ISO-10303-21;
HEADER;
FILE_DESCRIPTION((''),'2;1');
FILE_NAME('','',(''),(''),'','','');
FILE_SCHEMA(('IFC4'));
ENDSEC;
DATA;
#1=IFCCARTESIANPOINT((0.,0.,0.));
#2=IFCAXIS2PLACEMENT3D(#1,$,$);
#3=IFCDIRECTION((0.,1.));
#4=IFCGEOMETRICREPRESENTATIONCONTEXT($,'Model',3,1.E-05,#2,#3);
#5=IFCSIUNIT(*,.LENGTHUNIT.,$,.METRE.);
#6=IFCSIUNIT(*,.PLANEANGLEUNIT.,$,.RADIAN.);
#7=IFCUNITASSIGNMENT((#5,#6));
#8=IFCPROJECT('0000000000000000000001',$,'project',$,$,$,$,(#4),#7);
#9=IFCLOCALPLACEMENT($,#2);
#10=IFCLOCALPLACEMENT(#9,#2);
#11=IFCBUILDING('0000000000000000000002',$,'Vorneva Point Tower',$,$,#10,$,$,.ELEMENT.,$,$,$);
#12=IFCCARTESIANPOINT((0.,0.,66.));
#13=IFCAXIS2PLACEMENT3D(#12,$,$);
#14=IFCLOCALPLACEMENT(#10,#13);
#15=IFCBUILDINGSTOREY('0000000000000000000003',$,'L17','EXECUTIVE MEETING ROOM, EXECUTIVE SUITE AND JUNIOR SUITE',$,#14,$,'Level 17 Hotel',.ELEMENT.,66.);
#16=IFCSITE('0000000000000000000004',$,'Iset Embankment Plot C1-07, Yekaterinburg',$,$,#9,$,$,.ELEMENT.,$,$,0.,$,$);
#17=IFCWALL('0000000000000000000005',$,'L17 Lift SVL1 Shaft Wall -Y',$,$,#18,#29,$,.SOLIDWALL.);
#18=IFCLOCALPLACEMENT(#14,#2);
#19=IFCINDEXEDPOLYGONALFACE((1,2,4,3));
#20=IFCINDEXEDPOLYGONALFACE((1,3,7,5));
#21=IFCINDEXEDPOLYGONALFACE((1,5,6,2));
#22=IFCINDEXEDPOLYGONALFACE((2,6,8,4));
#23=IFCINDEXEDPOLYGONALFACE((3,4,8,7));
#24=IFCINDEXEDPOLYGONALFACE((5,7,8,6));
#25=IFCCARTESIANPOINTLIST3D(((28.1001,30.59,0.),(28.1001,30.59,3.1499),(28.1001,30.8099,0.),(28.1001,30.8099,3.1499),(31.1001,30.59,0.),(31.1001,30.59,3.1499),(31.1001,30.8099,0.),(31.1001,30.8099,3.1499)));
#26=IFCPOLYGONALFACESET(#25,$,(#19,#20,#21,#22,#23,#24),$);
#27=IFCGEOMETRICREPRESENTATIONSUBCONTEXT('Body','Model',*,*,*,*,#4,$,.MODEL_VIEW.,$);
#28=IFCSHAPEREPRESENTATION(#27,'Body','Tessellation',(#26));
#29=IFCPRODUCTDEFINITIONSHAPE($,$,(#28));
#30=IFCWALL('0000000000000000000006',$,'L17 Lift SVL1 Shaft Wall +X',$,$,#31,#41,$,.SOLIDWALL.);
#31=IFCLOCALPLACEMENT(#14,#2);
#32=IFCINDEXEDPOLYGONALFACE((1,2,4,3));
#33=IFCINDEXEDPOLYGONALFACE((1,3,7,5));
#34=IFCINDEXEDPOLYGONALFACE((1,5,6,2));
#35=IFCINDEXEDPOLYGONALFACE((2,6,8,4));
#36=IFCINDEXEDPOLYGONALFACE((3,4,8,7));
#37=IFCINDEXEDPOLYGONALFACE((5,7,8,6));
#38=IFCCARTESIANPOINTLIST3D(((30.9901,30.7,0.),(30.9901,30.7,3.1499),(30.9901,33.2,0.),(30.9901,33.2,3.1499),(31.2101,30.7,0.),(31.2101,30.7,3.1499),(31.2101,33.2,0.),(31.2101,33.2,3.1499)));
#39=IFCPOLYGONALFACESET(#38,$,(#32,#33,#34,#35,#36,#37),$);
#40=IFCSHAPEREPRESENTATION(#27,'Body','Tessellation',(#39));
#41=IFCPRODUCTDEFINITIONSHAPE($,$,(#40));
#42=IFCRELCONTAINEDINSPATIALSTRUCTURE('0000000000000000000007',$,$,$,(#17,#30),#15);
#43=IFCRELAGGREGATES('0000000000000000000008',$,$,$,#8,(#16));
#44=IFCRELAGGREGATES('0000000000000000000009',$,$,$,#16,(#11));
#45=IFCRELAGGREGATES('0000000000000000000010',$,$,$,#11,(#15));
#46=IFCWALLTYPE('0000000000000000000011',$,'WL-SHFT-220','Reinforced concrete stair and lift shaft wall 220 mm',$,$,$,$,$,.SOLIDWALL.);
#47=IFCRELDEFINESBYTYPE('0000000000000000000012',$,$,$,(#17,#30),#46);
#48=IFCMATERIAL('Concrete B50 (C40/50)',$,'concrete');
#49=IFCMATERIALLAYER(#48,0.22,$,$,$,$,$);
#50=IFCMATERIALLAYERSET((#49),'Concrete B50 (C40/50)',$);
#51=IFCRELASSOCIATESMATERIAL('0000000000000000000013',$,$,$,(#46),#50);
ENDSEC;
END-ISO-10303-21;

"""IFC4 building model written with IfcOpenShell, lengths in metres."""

from ifc_helpers import new_model, si_unit, direction, frame, frame_2d, origin, place, context, subcontext, project, spatial, rectangle, extrude, material, layer, layer_set, type_object, element, save


model = new_model("IFC4")

# Units and contexts
model_context = context("Model", 3, precision=1e-05, world=origin(), true_north=direction((0.0, 1.0)))
body_context = subcontext(model_context, "Body", "Model", "MODEL_VIEW")
ifc_project = project(units=[si_unit("LENGTHUNIT", "METRE"), si_unit("PLANEANGLEUNIT", "RADIAN")], contexts=[model_context])

# Site, building, storey
site_placement = place(None, origin())
site = spatial("IfcSite", under=ifc_project, at=site_placement, Name="Iset Embankment Plot C1-07, Yekaterinburg", CompositionType="ELEMENT", RefElevation=0.0)
building_placement = place(site_placement, origin())
building = spatial("IfcBuilding", under=site, at=building_placement, Name="Vorneva Point Tower", CompositionType="ELEMENT")
storey_placement = place(building_placement, frame((0.0, 0.0, 66.0)))
storey = spatial("IfcBuildingStorey", under=building, at=storey_placement, Name="L17", Description="EXECUTIVE MEETING ROOM, EXECUTIVE SUITE AND JUNIOR SUITE", LongName="Level 17 Hotel", CompositionType="ELEMENT", Elevation=66.0)

# Shared definitions
ifc_material_1 = material(Name="Concrete B50 (C40/50)", Category="concrete")
ifc_layer_1 = layer(ifc_material_1, 0.22)
ifc_layer_set_1 = layer_set([ifc_layer_1], Name="Concrete B50 (C40/50)")
wall_type_1 = type_object("IfcWallType", Name="WL-SHFT-220", Description="Reinforced concrete stair and lift shaft wall 220 mm", PredefinedType="SOLIDWALL", material=ifc_layer_set_1)

# Walls
wall_1_placement = place(storey_placement, frame((28.1001, 30.7, 0.0), z_axis=(0.0, 0.0, 1.0), x_axis=(1.0, 0.0, 0.0)))
element("IfcWall", 1, at=wall_1_placement, inside=storey, type_object=wall_type_1, Name="L17 Lift SVL1 Shaft Wall -Y", PredefinedType="SOLIDWALL", context=body_context, shape_type="SweptSolid", body=[
    extrude(rectangle(XDim=3.0, YDim=0.22, at=frame_2d((1.5, 0.0))), origin(), (0.0, 0.0, 1.0), 3.1499),
])
wall_2_placement = place(storey_placement, frame((31.1001, 30.7, 0.0), z_axis=(0.0, 0.0, 1.0), x_axis=(0.0, 1.0, 0.0)))
element("IfcWall", 2, at=wall_2_placement, inside=storey, type_object=wall_type_1, Name="L17 Lift SVL1 Shaft Wall +X", PredefinedType="SOLIDWALL", context=body_context, shape_type="SweptSolid", body=[
    extrude(rectangle(XDim=2.5, YDim=0.22, at=frame_2d((1.25, 0.0))), origin(), (0.0, 0.0, 1.0), 3.1499),
])

save(model, "model.ifc")
